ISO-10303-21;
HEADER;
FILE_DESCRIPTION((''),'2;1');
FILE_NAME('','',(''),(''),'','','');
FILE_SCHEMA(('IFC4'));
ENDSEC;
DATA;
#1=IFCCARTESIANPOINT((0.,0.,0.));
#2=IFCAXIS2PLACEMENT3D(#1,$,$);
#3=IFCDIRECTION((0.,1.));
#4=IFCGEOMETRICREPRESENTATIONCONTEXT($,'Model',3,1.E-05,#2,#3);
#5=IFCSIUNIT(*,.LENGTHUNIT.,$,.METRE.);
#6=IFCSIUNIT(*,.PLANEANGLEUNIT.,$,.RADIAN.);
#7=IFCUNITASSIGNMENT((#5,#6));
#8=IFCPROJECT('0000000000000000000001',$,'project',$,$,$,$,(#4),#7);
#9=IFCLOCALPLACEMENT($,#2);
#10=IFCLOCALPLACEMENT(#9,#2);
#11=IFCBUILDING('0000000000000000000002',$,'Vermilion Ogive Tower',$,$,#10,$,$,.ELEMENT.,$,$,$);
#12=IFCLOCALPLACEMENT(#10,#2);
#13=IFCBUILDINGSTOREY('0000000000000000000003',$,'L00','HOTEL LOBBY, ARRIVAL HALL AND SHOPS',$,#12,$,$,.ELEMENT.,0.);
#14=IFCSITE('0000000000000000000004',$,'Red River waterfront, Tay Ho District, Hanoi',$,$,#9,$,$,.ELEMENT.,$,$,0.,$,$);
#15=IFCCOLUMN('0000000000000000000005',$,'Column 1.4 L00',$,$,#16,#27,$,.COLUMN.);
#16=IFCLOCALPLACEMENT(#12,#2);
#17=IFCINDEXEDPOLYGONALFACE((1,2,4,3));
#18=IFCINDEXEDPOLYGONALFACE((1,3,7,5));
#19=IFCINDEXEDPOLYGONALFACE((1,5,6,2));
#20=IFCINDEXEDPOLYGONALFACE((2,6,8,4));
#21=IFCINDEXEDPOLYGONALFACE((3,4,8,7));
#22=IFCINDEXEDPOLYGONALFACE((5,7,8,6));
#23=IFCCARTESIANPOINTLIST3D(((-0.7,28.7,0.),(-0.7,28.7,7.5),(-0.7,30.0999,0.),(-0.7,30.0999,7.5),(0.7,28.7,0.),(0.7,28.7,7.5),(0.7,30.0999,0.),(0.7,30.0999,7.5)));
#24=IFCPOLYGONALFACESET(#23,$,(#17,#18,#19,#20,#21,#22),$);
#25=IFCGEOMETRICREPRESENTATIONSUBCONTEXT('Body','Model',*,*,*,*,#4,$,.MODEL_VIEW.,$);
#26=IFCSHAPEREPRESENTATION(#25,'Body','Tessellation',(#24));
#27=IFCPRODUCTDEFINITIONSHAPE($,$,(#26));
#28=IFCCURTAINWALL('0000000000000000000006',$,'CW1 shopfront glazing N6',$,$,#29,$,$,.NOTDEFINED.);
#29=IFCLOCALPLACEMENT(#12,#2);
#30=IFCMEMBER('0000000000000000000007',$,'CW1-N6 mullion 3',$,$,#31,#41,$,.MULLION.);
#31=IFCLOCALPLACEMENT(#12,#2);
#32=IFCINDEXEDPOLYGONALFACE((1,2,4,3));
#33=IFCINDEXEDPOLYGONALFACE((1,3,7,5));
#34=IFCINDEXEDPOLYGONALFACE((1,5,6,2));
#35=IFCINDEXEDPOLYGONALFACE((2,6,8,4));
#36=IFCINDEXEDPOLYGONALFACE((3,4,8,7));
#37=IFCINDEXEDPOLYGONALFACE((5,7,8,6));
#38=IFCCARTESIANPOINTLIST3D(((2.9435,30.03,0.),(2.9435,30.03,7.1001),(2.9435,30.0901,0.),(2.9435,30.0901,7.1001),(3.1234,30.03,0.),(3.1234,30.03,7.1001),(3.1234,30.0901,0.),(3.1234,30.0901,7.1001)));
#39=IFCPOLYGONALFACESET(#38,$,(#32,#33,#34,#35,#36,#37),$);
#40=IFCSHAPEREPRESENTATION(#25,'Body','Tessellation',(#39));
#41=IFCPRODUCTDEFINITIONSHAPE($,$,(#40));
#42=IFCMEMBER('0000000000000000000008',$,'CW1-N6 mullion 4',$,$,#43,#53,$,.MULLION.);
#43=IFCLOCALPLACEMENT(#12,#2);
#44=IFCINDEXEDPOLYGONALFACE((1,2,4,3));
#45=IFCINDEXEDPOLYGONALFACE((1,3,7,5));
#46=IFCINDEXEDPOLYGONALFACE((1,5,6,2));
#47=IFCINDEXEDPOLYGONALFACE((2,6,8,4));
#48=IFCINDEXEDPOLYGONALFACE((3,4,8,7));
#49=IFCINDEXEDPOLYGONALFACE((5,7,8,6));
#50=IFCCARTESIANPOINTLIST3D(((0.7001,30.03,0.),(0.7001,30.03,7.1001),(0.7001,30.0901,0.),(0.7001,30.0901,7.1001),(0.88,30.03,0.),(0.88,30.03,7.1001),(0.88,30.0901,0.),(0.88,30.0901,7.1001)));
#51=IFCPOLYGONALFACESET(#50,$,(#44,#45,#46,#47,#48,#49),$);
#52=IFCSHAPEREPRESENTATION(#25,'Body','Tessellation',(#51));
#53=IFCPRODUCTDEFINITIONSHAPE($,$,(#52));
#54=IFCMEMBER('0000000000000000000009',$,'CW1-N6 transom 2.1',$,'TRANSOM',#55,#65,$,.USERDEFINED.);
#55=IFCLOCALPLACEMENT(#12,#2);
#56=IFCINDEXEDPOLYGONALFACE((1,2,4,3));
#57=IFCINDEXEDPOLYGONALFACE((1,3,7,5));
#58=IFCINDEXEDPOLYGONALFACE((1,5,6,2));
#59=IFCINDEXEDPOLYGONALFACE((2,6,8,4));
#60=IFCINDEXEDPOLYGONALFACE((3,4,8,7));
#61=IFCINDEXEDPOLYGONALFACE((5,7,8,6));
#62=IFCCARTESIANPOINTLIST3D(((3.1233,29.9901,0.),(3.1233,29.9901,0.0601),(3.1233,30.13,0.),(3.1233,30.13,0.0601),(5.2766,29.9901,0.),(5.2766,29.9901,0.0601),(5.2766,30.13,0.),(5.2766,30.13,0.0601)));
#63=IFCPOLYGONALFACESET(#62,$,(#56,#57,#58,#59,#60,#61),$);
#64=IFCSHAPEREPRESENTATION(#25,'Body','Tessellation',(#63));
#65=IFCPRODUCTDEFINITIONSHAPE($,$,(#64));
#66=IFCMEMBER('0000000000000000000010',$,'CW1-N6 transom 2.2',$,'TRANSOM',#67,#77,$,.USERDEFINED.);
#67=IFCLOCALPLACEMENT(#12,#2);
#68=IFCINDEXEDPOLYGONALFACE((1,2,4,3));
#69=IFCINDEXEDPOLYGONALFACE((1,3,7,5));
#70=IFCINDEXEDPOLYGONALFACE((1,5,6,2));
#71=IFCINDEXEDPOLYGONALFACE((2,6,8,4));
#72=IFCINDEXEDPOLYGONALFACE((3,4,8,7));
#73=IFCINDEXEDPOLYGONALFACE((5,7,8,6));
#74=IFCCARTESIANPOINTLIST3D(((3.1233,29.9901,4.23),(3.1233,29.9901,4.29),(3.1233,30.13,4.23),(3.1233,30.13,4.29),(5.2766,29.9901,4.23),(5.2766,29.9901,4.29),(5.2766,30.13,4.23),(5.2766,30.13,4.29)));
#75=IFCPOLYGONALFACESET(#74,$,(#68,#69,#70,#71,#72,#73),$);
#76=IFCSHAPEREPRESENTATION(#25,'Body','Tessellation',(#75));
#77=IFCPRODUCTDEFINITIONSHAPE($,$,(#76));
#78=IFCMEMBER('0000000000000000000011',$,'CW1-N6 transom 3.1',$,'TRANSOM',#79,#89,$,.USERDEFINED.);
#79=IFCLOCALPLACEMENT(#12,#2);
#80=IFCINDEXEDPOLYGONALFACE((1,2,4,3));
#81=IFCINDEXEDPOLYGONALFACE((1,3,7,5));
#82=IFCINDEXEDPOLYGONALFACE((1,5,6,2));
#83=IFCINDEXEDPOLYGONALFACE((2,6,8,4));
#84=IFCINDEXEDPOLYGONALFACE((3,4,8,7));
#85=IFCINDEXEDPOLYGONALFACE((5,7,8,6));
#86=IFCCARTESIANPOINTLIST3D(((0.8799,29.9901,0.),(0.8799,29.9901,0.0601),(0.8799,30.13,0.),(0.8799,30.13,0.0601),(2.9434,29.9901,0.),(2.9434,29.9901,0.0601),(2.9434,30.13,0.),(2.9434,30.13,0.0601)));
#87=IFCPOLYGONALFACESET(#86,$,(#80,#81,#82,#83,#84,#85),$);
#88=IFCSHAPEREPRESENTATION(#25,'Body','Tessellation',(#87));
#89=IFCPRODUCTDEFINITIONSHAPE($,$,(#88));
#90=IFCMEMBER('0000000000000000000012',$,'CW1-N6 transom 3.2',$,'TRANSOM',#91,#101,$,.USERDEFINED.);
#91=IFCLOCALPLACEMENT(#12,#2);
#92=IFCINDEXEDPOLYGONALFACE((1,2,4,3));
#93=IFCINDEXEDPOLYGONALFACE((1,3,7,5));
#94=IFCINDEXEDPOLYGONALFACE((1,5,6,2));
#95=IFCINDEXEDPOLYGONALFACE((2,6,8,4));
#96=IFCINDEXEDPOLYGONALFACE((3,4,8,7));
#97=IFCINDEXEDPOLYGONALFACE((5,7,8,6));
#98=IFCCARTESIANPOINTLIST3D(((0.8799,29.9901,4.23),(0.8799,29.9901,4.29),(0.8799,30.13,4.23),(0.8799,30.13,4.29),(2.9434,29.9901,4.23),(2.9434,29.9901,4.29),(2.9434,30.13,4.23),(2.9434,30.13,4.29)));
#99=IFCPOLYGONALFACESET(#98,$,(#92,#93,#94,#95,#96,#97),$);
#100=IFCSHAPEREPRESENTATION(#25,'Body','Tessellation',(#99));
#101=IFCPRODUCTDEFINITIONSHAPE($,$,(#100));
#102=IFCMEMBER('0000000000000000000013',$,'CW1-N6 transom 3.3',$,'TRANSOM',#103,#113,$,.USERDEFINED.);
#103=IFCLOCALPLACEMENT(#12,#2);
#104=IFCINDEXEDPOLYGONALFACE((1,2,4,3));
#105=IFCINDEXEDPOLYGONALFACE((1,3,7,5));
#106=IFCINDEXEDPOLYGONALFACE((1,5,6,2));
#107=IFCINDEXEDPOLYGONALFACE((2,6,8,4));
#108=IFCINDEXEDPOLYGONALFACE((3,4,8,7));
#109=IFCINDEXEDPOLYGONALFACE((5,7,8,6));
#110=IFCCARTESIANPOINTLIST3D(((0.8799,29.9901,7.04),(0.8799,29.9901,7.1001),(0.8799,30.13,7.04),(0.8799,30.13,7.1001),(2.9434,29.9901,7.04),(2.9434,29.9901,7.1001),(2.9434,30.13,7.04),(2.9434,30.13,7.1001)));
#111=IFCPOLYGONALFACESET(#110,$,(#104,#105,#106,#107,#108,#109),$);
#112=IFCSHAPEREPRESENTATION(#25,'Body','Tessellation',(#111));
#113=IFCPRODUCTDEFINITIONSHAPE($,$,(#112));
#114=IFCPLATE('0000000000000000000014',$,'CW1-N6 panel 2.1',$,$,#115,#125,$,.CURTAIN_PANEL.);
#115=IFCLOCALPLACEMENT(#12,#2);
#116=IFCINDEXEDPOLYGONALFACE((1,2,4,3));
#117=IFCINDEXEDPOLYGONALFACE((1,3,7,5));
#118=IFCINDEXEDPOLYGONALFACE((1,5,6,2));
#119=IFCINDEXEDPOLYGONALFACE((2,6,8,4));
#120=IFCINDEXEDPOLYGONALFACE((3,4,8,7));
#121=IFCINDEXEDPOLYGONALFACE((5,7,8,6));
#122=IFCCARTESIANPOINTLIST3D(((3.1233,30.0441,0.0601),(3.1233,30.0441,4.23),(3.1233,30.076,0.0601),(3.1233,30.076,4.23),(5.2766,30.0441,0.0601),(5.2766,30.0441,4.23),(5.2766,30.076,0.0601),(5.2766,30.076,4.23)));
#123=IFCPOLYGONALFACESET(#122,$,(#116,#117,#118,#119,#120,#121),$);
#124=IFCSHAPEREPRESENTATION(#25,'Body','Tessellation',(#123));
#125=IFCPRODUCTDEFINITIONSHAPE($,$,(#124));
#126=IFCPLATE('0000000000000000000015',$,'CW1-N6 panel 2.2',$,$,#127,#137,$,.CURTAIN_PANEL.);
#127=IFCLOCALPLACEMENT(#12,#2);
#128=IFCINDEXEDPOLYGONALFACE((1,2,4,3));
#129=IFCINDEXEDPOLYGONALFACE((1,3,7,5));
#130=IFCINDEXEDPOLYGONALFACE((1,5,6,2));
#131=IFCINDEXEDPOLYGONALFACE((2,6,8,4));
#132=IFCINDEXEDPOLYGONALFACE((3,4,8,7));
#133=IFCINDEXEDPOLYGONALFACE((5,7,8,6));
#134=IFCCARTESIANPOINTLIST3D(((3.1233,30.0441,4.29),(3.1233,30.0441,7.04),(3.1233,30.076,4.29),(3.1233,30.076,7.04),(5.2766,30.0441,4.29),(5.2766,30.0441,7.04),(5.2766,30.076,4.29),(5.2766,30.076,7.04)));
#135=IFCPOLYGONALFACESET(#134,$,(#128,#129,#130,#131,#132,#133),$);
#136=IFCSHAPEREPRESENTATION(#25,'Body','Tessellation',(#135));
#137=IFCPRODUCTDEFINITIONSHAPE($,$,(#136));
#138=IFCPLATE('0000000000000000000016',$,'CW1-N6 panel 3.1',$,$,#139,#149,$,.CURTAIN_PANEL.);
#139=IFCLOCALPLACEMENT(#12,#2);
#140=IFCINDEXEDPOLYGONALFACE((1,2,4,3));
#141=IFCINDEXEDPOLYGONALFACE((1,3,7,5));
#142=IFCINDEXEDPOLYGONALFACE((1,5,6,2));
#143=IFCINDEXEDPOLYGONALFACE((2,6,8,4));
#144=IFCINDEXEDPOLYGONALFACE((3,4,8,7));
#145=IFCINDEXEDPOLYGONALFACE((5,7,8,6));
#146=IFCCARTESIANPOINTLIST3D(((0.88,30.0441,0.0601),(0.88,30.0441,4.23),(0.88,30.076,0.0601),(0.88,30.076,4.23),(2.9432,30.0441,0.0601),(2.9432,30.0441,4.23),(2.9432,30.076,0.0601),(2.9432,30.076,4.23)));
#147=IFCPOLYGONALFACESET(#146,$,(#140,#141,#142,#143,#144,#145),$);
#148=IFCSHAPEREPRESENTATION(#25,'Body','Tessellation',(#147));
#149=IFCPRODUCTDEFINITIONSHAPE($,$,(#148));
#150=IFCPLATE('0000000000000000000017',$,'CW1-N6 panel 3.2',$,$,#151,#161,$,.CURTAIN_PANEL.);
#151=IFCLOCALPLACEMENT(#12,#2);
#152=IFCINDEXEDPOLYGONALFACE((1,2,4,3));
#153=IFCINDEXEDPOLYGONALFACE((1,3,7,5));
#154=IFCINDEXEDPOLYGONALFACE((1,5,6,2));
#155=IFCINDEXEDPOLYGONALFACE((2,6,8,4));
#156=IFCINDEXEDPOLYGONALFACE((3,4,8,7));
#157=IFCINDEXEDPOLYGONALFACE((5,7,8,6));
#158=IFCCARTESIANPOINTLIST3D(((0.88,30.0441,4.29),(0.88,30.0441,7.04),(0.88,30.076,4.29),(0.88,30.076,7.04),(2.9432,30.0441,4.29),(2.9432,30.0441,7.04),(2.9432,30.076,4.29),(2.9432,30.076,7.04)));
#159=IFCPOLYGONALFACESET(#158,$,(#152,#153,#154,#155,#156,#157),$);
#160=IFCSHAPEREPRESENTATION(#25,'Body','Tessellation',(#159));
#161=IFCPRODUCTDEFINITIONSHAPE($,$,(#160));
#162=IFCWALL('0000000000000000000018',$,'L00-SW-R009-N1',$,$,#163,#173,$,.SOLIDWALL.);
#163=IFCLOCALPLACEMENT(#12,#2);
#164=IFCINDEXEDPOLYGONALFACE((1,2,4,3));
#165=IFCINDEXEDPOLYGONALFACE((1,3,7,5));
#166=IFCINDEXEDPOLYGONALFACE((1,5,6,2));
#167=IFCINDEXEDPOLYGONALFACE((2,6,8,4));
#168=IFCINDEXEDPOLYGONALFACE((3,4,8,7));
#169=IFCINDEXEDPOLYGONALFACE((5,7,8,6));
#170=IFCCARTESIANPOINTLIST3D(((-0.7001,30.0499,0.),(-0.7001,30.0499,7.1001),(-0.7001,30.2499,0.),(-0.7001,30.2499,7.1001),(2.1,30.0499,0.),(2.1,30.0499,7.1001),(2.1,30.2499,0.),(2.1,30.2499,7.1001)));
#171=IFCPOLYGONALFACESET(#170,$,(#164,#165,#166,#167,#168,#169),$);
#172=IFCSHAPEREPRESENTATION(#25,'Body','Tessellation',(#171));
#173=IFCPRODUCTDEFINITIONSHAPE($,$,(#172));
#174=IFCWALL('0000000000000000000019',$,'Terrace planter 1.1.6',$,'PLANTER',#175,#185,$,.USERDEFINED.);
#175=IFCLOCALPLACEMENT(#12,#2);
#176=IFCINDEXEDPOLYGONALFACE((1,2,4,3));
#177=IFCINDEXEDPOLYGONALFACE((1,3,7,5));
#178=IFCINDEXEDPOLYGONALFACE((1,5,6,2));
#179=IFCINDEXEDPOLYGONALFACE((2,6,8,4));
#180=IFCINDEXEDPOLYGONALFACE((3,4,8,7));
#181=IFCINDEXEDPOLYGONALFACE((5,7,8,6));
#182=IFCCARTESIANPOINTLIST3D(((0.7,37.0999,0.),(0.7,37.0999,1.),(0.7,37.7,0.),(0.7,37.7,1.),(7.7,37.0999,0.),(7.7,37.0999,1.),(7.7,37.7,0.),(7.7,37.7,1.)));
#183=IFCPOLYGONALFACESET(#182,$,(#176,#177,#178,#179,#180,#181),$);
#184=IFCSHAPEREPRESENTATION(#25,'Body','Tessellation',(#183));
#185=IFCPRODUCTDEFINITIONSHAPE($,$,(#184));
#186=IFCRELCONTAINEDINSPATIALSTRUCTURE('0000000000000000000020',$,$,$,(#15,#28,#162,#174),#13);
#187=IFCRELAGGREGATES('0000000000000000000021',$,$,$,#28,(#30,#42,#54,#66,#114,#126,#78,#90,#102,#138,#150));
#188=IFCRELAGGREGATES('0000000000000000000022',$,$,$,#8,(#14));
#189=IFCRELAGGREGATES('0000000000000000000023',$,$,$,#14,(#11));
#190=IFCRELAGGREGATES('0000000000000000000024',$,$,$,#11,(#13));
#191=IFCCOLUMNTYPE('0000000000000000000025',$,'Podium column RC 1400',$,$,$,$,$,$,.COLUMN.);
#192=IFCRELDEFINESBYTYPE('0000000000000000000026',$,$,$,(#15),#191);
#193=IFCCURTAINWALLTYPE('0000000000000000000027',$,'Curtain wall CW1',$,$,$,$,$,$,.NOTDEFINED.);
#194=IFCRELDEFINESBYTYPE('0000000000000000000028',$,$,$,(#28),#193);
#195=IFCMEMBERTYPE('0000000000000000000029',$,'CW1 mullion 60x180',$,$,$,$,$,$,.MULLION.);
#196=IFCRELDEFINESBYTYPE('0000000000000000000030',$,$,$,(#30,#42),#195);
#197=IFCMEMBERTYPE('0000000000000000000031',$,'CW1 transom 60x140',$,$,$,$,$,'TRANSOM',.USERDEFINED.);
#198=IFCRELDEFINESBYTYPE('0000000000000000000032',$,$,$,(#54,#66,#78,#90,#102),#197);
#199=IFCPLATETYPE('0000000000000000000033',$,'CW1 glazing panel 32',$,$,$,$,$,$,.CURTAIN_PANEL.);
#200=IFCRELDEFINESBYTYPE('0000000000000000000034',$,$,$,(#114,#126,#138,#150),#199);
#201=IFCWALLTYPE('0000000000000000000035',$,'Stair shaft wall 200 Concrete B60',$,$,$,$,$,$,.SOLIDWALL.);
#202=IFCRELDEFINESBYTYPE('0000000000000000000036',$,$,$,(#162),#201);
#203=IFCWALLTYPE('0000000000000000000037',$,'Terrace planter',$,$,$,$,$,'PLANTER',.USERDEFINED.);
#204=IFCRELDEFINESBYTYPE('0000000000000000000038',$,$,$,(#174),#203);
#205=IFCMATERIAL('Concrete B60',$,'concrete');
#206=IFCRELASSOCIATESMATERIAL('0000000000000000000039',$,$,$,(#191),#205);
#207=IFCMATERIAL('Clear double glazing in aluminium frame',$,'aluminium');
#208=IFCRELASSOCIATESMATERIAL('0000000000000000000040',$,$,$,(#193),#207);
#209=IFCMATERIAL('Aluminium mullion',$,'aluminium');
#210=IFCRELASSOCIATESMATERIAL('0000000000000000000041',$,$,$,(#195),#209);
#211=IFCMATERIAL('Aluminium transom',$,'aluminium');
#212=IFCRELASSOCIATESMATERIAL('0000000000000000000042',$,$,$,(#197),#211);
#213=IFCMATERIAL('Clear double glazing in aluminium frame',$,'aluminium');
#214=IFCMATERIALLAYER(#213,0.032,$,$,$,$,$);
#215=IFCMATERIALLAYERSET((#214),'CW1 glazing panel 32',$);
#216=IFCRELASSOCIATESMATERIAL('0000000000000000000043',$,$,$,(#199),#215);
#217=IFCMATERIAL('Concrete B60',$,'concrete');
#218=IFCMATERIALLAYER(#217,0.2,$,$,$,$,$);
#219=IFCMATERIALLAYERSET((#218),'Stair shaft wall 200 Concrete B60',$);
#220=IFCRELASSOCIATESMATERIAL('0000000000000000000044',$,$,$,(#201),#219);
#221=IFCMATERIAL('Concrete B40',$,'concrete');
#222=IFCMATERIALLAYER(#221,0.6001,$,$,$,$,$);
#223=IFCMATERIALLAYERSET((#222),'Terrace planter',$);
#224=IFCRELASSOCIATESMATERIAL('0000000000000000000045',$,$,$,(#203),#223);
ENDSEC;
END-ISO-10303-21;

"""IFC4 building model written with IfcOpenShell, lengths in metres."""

from ifc_helpers import new_model, si_unit, direction, frame, frame_2d, origin, origin_2d, place, context, subcontext, project, spatial, rectangle, extrude, material, layer, layer_set, material_profile, profile_set, type_object, element, aggregate, save


model = new_model("IFC4")

# Units and contexts
model_context = context("Model", 3, precision=1e-05, world=origin(), true_north=direction((0.0, 1.0)))
body_context = subcontext(model_context, "Body", "Model", "MODEL_VIEW")
ifc_project = project(units=[si_unit("LENGTHUNIT", "METRE"), si_unit("PLANEANGLEUNIT", "RADIAN")], contexts=[model_context])

# Site, building, storey
site_placement = place(None, origin())
site = spatial("IfcSite", under=ifc_project, at=site_placement, Name="Red River waterfront, Tay Ho District, Hanoi", CompositionType="ELEMENT", RefElevation=0.0)
building_placement = place(site_placement, origin())
building = spatial("IfcBuilding", under=site, at=building_placement, Name="Vermilion Ogive Tower", CompositionType="ELEMENT")
storey_placement = place(building_placement, origin())
storey = spatial("IfcBuildingStorey", under=building, at=storey_placement, Name="L00", Description="HOTEL LOBBY, ARRIVAL HALL AND SHOPS", CompositionType="ELEMENT", Elevation=0.0)

# Column
ifc_material_1 = material(Name="Concrete B60", Category="concrete")
ifc_material_profile_1 = material_profile(ifc_material_1, rectangle(XDim=1.3999, YDim=1.3999, at=origin_2d()), Name="RC 1400x1400")
ifc_profile_set_1 = profile_set([ifc_material_profile_1], Name="Concrete B60")
column_type = type_object("IfcColumnType", Name="Podium column RC 1400", PredefinedType="COLUMN", material=ifc_profile_set_1)
column_placement = place(storey_placement, frame((0.0, 29.3999, 0.0), z_axis=(0.0, 0.0, 1.0), x_axis=(1.0, 0.0, 0.0)))
element("IfcColumn", 1, at=column_placement, inside=storey, type_object=column_type, Name="Column 1.4 L00", PredefinedType="COLUMN", context=body_context, shape_type="SweptSolid", body=[
    extrude(rectangle(XDim=1.3999, YDim=1.3999, at=origin_2d()), origin(), (0.0, 0.0, 1.0), 7.5),
])

# Curtain wall, members, plates
ifc_material_2 = material(Name="Clear double glazing in aluminium frame", Category="aluminium")
curtain_wall_type = type_object("IfcCurtainWallType", Name="Curtain wall CW1", PredefinedType="NOTDEFINED", material=ifc_material_2)
curtain_wall_placement = place(storey_placement, origin())
curtain_wall = element("IfcCurtainWall", 2, at=curtain_wall_placement, inside=storey, type_object=curtain_wall_type, Name="CW1 shopfront glazing N6", PredefinedType="NOTDEFINED")
ifc_material_3 = material(Name="Aluminium mullion", Category="aluminium")
ifc_material_profile_2 = material_profile(ifc_material_3, rectangle(XDim=0.0601, YDim=0.1799, at=origin_2d()), Name="AL 60x180")
ifc_profile_set_2 = profile_set([ifc_material_profile_2], Name="Aluminium mullion")
member_type_1 = type_object("IfcMemberType", Name="CW1 mullion 60x180", PredefinedType="MULLION", material=ifc_profile_set_2)
member_1_placement = place(storey_placement, frame((3.0334, 30.0601, 0.0), z_axis=(0.0, 0.0, 1.0), x_axis=(0.0, -1.0, 0.0)))
member_1 = element("IfcMember", 3, at=member_1_placement, type_object=member_type_1, Name="CW1-N6 mullion 3", PredefinedType="MULLION", context=body_context, shape_type="SweptSolid", body=[
    extrude(rectangle(XDim=0.0601, YDim=0.1799, at=origin_2d()), origin(), (0.0, 0.0, 1.0), 7.1001),
])
member_2_placement = place(storey_placement, frame((0.79, 30.0601, 0.0), z_axis=(0.0, 0.0, 1.0), x_axis=(0.0, -1.0, 0.0)))
member_2 = element("IfcMember", 4, at=member_2_placement, type_object=member_type_1, Name="CW1-N6 mullion 4", PredefinedType="MULLION", context=body_context, shape_type="SweptSolid", body=[
    extrude(rectangle(XDim=0.0601, YDim=0.1799, at=origin_2d()), origin(), (0.0, 0.0, 1.0), 7.1001),
])
ifc_material_4 = material(Name="Aluminium transom", Category="aluminium")
ifc_material_profile_3 = material_profile(ifc_material_4, rectangle(XDim=0.1399, YDim=0.0601, at=origin_2d()), Name="AL 60x140")
ifc_profile_set_3 = profile_set([ifc_material_profile_3], Name="Aluminium transom")
member_type_2 = type_object("IfcMemberType", Name="CW1 transom 60x140", ElementType="TRANSOM", PredefinedType="USERDEFINED", material=ifc_profile_set_3)
member_3_placement = place(storey_placement, frame((5.2766, 30.0601, 0.03), z_axis=(-1.0, 0.0, 0.0), x_axis=(0.0, -1.0, 0.0)))
member_3 = element("IfcMember", 5, at=member_3_placement, type_object=member_type_2, Name="CW1-N6 transom 2.1", ObjectType="TRANSOM", PredefinedType="USERDEFINED", context=body_context, shape_type="SweptSolid", body=[
    extrude(rectangle(XDim=0.1399, YDim=0.0601, at=origin_2d()), origin(), (0.0, 0.0, 1.0), 2.1533),
])
member_4_placement = place(storey_placement, frame((5.2766, 30.0601, 4.26), z_axis=(-1.0, 0.0, 0.0), x_axis=(0.0, -1.0, 0.0)))
member_4 = element("IfcMember", 6, at=member_4_placement, type_object=member_type_2, Name="CW1-N6 transom 2.2", ObjectType="TRANSOM", PredefinedType="USERDEFINED", context=body_context, shape_type="SweptSolid", body=[
    extrude(rectangle(XDim=0.1399, YDim=0.0601, at=origin_2d()), origin(), (0.0, 0.0, 1.0), 2.1533),
])
member_5_placement = place(storey_placement, frame((2.9434, 30.0601, 0.03), z_axis=(-1.0, 0.0, 0.0), x_axis=(0.0, -1.0, 0.0)))
member_5 = element("IfcMember", 7, at=member_5_placement, type_object=member_type_2, Name="CW1-N6 transom 3.1", ObjectType="TRANSOM", PredefinedType="USERDEFINED", context=body_context, shape_type="SweptSolid", body=[
    extrude(rectangle(XDim=0.1399, YDim=0.0601, at=origin_2d()), origin(), (0.0, 0.0, 1.0), 2.0635),
])
member_6_placement = place(storey_placement, frame((2.9434, 30.0601, 4.26), z_axis=(-1.0, 0.0, 0.0), x_axis=(0.0, -1.0, 0.0)))
member_6 = element("IfcMember", 8, at=member_6_placement, type_object=member_type_2, Name="CW1-N6 transom 3.2", ObjectType="TRANSOM", PredefinedType="USERDEFINED", context=body_context, shape_type="SweptSolid", body=[
    extrude(rectangle(XDim=0.1399, YDim=0.0601, at=origin_2d()), origin(), (0.0, 0.0, 1.0), 2.0635),
])
member_7_placement = place(storey_placement, frame((2.9434, 30.0601, 7.0701), z_axis=(-1.0, 0.0, 0.0), x_axis=(0.0, -1.0, 0.0)))
member_7 = element("IfcMember", 9, at=member_7_placement, type_object=member_type_2, Name="CW1-N6 transom 3.3", ObjectType="TRANSOM", PredefinedType="USERDEFINED", context=body_context, shape_type="SweptSolid", body=[
    extrude(rectangle(XDim=0.1399, YDim=0.0601, at=origin_2d()), origin(), (0.0, 0.0, 1.0), 2.0635),
])
ifc_material_5 = material(Name="Clear double glazing in aluminium frame", Category="aluminium")
ifc_layer_1 = layer(ifc_material_5, 0.032)
ifc_layer_set_1 = layer_set([ifc_layer_1], Name="CW1 glazing panel 32")
plate_type = type_object("IfcPlateType", Name="CW1 glazing panel 32", PredefinedType="CURTAIN_PANEL", material=ifc_layer_set_1)
plate_1_placement = place(storey_placement, frame((4.2, 30.0601, 0.0601), z_axis=(0.0, 0.0, 1.0), x_axis=(-1.0, 0.0, 0.0)))
plate_1 = element("IfcPlate", 10, at=plate_1_placement, type_object=plate_type, Name="CW1-N6 panel 2.1", PredefinedType="CURTAIN_PANEL", context=body_context, shape_type="SweptSolid", body=[
    extrude(rectangle(XDim=2.1533, YDim=0.032, at=origin_2d()), origin(), (0.0, 0.0, 1.0), 4.1699),
])
plate_2_placement = place(storey_placement, frame((4.2, 30.0601, 4.29), z_axis=(0.0, 0.0, 1.0), x_axis=(-1.0, 0.0, 0.0)))
plate_2 = element("IfcPlate", 11, at=plate_2_placement, type_object=plate_type, Name="CW1-N6 panel 2.2", PredefinedType="CURTAIN_PANEL", context=body_context, shape_type="SweptSolid", body=[
    extrude(rectangle(XDim=2.1533, YDim=0.032, at=origin_2d()), origin(), (0.0, 0.0, 1.0), 2.75),
])
plate_3_placement = place(storey_placement, frame((1.9116, 30.0601, 0.0601), z_axis=(0.0, 0.0, 1.0), x_axis=(-1.0, 0.0, 0.0)))
plate_3 = element("IfcPlate", 12, at=plate_3_placement, type_object=plate_type, Name="CW1-N6 panel 3.1", PredefinedType="CURTAIN_PANEL", context=body_context, shape_type="SweptSolid", body=[
    extrude(rectangle(XDim=2.0632, YDim=0.032, at=origin_2d()), origin(), (0.0, 0.0, 1.0), 4.1699),
])
plate_4_placement = place(storey_placement, frame((1.9116, 30.0601, 4.29), z_axis=(0.0, 0.0, 1.0), x_axis=(-1.0, 0.0, 0.0)))
plate_4 = element("IfcPlate", 13, at=plate_4_placement, type_object=plate_type, Name="CW1-N6 panel 3.2", PredefinedType="CURTAIN_PANEL", context=body_context, shape_type="SweptSolid", body=[
    extrude(rectangle(XDim=2.0632, YDim=0.032, at=origin_2d()), origin(), (0.0, 0.0, 1.0), 2.75),
])
aggregate(curtain_wall, [member_1, member_2, member_3, member_4, plate_1, plate_2, member_5, member_6, member_7, plate_3, plate_4])

# Walls
ifc_material_6 = material(Name="Concrete B60", Category="concrete")
ifc_layer_2 = layer(ifc_material_6, 0.2)
ifc_layer_set_2 = layer_set([ifc_layer_2], Name="Stair shaft wall 200 Concrete B60")
wall_type_1 = type_object("IfcWallType", Name="Stair shaft wall 200 Concrete B60", PredefinedType="SOLIDWALL", material=ifc_layer_set_2)
wall_1_placement = place(storey_placement, frame((-0.7, 30.1499, 0.0), z_axis=(0.0, 0.0, 1.0), x_axis=(1.0, 0.0, 0.0)))
element("IfcWall", 14, at=wall_1_placement, inside=storey, type_object=wall_type_1, Name="L00-SW-R009-N1", PredefinedType="SOLIDWALL", context=body_context, shape_type="SweptSolid", body=[
    extrude(rectangle(XDim=2.8, YDim=0.2, at=frame_2d((1.3999, 0.0))), origin(), (0.0, 0.0, 1.0), 7.1001),
])
ifc_material_7 = material(Name="Concrete B40", Category="concrete")
ifc_layer_3 = layer(ifc_material_7, 0.6001)
ifc_layer_set_3 = layer_set([ifc_layer_3], Name="Terrace planter")
wall_type_2 = type_object("IfcWallType", Name="Terrace planter", ElementType="PLANTER", PredefinedType="USERDEFINED", material=ifc_layer_set_3)
wall_2_placement = place(storey_placement, frame((0.7, 37.3999, 0.0), z_axis=(0.0, 0.0, 1.0), x_axis=(1.0, 0.0, 0.0)))
element("IfcWall", 15, at=wall_2_placement, inside=storey, type_object=wall_type_2, Name="Terrace planter 1.1.6", ObjectType="PLANTER", PredefinedType="USERDEFINED", context=body_context, shape_type="SweptSolid", body=[
    extrude(rectangle(XDim=7.0, YDim=0.6001, at=frame_2d((3.5, 0.0))), origin(), (0.0, 0.0, 1.0), 1.0),
])

save(model, "model.ifc")
